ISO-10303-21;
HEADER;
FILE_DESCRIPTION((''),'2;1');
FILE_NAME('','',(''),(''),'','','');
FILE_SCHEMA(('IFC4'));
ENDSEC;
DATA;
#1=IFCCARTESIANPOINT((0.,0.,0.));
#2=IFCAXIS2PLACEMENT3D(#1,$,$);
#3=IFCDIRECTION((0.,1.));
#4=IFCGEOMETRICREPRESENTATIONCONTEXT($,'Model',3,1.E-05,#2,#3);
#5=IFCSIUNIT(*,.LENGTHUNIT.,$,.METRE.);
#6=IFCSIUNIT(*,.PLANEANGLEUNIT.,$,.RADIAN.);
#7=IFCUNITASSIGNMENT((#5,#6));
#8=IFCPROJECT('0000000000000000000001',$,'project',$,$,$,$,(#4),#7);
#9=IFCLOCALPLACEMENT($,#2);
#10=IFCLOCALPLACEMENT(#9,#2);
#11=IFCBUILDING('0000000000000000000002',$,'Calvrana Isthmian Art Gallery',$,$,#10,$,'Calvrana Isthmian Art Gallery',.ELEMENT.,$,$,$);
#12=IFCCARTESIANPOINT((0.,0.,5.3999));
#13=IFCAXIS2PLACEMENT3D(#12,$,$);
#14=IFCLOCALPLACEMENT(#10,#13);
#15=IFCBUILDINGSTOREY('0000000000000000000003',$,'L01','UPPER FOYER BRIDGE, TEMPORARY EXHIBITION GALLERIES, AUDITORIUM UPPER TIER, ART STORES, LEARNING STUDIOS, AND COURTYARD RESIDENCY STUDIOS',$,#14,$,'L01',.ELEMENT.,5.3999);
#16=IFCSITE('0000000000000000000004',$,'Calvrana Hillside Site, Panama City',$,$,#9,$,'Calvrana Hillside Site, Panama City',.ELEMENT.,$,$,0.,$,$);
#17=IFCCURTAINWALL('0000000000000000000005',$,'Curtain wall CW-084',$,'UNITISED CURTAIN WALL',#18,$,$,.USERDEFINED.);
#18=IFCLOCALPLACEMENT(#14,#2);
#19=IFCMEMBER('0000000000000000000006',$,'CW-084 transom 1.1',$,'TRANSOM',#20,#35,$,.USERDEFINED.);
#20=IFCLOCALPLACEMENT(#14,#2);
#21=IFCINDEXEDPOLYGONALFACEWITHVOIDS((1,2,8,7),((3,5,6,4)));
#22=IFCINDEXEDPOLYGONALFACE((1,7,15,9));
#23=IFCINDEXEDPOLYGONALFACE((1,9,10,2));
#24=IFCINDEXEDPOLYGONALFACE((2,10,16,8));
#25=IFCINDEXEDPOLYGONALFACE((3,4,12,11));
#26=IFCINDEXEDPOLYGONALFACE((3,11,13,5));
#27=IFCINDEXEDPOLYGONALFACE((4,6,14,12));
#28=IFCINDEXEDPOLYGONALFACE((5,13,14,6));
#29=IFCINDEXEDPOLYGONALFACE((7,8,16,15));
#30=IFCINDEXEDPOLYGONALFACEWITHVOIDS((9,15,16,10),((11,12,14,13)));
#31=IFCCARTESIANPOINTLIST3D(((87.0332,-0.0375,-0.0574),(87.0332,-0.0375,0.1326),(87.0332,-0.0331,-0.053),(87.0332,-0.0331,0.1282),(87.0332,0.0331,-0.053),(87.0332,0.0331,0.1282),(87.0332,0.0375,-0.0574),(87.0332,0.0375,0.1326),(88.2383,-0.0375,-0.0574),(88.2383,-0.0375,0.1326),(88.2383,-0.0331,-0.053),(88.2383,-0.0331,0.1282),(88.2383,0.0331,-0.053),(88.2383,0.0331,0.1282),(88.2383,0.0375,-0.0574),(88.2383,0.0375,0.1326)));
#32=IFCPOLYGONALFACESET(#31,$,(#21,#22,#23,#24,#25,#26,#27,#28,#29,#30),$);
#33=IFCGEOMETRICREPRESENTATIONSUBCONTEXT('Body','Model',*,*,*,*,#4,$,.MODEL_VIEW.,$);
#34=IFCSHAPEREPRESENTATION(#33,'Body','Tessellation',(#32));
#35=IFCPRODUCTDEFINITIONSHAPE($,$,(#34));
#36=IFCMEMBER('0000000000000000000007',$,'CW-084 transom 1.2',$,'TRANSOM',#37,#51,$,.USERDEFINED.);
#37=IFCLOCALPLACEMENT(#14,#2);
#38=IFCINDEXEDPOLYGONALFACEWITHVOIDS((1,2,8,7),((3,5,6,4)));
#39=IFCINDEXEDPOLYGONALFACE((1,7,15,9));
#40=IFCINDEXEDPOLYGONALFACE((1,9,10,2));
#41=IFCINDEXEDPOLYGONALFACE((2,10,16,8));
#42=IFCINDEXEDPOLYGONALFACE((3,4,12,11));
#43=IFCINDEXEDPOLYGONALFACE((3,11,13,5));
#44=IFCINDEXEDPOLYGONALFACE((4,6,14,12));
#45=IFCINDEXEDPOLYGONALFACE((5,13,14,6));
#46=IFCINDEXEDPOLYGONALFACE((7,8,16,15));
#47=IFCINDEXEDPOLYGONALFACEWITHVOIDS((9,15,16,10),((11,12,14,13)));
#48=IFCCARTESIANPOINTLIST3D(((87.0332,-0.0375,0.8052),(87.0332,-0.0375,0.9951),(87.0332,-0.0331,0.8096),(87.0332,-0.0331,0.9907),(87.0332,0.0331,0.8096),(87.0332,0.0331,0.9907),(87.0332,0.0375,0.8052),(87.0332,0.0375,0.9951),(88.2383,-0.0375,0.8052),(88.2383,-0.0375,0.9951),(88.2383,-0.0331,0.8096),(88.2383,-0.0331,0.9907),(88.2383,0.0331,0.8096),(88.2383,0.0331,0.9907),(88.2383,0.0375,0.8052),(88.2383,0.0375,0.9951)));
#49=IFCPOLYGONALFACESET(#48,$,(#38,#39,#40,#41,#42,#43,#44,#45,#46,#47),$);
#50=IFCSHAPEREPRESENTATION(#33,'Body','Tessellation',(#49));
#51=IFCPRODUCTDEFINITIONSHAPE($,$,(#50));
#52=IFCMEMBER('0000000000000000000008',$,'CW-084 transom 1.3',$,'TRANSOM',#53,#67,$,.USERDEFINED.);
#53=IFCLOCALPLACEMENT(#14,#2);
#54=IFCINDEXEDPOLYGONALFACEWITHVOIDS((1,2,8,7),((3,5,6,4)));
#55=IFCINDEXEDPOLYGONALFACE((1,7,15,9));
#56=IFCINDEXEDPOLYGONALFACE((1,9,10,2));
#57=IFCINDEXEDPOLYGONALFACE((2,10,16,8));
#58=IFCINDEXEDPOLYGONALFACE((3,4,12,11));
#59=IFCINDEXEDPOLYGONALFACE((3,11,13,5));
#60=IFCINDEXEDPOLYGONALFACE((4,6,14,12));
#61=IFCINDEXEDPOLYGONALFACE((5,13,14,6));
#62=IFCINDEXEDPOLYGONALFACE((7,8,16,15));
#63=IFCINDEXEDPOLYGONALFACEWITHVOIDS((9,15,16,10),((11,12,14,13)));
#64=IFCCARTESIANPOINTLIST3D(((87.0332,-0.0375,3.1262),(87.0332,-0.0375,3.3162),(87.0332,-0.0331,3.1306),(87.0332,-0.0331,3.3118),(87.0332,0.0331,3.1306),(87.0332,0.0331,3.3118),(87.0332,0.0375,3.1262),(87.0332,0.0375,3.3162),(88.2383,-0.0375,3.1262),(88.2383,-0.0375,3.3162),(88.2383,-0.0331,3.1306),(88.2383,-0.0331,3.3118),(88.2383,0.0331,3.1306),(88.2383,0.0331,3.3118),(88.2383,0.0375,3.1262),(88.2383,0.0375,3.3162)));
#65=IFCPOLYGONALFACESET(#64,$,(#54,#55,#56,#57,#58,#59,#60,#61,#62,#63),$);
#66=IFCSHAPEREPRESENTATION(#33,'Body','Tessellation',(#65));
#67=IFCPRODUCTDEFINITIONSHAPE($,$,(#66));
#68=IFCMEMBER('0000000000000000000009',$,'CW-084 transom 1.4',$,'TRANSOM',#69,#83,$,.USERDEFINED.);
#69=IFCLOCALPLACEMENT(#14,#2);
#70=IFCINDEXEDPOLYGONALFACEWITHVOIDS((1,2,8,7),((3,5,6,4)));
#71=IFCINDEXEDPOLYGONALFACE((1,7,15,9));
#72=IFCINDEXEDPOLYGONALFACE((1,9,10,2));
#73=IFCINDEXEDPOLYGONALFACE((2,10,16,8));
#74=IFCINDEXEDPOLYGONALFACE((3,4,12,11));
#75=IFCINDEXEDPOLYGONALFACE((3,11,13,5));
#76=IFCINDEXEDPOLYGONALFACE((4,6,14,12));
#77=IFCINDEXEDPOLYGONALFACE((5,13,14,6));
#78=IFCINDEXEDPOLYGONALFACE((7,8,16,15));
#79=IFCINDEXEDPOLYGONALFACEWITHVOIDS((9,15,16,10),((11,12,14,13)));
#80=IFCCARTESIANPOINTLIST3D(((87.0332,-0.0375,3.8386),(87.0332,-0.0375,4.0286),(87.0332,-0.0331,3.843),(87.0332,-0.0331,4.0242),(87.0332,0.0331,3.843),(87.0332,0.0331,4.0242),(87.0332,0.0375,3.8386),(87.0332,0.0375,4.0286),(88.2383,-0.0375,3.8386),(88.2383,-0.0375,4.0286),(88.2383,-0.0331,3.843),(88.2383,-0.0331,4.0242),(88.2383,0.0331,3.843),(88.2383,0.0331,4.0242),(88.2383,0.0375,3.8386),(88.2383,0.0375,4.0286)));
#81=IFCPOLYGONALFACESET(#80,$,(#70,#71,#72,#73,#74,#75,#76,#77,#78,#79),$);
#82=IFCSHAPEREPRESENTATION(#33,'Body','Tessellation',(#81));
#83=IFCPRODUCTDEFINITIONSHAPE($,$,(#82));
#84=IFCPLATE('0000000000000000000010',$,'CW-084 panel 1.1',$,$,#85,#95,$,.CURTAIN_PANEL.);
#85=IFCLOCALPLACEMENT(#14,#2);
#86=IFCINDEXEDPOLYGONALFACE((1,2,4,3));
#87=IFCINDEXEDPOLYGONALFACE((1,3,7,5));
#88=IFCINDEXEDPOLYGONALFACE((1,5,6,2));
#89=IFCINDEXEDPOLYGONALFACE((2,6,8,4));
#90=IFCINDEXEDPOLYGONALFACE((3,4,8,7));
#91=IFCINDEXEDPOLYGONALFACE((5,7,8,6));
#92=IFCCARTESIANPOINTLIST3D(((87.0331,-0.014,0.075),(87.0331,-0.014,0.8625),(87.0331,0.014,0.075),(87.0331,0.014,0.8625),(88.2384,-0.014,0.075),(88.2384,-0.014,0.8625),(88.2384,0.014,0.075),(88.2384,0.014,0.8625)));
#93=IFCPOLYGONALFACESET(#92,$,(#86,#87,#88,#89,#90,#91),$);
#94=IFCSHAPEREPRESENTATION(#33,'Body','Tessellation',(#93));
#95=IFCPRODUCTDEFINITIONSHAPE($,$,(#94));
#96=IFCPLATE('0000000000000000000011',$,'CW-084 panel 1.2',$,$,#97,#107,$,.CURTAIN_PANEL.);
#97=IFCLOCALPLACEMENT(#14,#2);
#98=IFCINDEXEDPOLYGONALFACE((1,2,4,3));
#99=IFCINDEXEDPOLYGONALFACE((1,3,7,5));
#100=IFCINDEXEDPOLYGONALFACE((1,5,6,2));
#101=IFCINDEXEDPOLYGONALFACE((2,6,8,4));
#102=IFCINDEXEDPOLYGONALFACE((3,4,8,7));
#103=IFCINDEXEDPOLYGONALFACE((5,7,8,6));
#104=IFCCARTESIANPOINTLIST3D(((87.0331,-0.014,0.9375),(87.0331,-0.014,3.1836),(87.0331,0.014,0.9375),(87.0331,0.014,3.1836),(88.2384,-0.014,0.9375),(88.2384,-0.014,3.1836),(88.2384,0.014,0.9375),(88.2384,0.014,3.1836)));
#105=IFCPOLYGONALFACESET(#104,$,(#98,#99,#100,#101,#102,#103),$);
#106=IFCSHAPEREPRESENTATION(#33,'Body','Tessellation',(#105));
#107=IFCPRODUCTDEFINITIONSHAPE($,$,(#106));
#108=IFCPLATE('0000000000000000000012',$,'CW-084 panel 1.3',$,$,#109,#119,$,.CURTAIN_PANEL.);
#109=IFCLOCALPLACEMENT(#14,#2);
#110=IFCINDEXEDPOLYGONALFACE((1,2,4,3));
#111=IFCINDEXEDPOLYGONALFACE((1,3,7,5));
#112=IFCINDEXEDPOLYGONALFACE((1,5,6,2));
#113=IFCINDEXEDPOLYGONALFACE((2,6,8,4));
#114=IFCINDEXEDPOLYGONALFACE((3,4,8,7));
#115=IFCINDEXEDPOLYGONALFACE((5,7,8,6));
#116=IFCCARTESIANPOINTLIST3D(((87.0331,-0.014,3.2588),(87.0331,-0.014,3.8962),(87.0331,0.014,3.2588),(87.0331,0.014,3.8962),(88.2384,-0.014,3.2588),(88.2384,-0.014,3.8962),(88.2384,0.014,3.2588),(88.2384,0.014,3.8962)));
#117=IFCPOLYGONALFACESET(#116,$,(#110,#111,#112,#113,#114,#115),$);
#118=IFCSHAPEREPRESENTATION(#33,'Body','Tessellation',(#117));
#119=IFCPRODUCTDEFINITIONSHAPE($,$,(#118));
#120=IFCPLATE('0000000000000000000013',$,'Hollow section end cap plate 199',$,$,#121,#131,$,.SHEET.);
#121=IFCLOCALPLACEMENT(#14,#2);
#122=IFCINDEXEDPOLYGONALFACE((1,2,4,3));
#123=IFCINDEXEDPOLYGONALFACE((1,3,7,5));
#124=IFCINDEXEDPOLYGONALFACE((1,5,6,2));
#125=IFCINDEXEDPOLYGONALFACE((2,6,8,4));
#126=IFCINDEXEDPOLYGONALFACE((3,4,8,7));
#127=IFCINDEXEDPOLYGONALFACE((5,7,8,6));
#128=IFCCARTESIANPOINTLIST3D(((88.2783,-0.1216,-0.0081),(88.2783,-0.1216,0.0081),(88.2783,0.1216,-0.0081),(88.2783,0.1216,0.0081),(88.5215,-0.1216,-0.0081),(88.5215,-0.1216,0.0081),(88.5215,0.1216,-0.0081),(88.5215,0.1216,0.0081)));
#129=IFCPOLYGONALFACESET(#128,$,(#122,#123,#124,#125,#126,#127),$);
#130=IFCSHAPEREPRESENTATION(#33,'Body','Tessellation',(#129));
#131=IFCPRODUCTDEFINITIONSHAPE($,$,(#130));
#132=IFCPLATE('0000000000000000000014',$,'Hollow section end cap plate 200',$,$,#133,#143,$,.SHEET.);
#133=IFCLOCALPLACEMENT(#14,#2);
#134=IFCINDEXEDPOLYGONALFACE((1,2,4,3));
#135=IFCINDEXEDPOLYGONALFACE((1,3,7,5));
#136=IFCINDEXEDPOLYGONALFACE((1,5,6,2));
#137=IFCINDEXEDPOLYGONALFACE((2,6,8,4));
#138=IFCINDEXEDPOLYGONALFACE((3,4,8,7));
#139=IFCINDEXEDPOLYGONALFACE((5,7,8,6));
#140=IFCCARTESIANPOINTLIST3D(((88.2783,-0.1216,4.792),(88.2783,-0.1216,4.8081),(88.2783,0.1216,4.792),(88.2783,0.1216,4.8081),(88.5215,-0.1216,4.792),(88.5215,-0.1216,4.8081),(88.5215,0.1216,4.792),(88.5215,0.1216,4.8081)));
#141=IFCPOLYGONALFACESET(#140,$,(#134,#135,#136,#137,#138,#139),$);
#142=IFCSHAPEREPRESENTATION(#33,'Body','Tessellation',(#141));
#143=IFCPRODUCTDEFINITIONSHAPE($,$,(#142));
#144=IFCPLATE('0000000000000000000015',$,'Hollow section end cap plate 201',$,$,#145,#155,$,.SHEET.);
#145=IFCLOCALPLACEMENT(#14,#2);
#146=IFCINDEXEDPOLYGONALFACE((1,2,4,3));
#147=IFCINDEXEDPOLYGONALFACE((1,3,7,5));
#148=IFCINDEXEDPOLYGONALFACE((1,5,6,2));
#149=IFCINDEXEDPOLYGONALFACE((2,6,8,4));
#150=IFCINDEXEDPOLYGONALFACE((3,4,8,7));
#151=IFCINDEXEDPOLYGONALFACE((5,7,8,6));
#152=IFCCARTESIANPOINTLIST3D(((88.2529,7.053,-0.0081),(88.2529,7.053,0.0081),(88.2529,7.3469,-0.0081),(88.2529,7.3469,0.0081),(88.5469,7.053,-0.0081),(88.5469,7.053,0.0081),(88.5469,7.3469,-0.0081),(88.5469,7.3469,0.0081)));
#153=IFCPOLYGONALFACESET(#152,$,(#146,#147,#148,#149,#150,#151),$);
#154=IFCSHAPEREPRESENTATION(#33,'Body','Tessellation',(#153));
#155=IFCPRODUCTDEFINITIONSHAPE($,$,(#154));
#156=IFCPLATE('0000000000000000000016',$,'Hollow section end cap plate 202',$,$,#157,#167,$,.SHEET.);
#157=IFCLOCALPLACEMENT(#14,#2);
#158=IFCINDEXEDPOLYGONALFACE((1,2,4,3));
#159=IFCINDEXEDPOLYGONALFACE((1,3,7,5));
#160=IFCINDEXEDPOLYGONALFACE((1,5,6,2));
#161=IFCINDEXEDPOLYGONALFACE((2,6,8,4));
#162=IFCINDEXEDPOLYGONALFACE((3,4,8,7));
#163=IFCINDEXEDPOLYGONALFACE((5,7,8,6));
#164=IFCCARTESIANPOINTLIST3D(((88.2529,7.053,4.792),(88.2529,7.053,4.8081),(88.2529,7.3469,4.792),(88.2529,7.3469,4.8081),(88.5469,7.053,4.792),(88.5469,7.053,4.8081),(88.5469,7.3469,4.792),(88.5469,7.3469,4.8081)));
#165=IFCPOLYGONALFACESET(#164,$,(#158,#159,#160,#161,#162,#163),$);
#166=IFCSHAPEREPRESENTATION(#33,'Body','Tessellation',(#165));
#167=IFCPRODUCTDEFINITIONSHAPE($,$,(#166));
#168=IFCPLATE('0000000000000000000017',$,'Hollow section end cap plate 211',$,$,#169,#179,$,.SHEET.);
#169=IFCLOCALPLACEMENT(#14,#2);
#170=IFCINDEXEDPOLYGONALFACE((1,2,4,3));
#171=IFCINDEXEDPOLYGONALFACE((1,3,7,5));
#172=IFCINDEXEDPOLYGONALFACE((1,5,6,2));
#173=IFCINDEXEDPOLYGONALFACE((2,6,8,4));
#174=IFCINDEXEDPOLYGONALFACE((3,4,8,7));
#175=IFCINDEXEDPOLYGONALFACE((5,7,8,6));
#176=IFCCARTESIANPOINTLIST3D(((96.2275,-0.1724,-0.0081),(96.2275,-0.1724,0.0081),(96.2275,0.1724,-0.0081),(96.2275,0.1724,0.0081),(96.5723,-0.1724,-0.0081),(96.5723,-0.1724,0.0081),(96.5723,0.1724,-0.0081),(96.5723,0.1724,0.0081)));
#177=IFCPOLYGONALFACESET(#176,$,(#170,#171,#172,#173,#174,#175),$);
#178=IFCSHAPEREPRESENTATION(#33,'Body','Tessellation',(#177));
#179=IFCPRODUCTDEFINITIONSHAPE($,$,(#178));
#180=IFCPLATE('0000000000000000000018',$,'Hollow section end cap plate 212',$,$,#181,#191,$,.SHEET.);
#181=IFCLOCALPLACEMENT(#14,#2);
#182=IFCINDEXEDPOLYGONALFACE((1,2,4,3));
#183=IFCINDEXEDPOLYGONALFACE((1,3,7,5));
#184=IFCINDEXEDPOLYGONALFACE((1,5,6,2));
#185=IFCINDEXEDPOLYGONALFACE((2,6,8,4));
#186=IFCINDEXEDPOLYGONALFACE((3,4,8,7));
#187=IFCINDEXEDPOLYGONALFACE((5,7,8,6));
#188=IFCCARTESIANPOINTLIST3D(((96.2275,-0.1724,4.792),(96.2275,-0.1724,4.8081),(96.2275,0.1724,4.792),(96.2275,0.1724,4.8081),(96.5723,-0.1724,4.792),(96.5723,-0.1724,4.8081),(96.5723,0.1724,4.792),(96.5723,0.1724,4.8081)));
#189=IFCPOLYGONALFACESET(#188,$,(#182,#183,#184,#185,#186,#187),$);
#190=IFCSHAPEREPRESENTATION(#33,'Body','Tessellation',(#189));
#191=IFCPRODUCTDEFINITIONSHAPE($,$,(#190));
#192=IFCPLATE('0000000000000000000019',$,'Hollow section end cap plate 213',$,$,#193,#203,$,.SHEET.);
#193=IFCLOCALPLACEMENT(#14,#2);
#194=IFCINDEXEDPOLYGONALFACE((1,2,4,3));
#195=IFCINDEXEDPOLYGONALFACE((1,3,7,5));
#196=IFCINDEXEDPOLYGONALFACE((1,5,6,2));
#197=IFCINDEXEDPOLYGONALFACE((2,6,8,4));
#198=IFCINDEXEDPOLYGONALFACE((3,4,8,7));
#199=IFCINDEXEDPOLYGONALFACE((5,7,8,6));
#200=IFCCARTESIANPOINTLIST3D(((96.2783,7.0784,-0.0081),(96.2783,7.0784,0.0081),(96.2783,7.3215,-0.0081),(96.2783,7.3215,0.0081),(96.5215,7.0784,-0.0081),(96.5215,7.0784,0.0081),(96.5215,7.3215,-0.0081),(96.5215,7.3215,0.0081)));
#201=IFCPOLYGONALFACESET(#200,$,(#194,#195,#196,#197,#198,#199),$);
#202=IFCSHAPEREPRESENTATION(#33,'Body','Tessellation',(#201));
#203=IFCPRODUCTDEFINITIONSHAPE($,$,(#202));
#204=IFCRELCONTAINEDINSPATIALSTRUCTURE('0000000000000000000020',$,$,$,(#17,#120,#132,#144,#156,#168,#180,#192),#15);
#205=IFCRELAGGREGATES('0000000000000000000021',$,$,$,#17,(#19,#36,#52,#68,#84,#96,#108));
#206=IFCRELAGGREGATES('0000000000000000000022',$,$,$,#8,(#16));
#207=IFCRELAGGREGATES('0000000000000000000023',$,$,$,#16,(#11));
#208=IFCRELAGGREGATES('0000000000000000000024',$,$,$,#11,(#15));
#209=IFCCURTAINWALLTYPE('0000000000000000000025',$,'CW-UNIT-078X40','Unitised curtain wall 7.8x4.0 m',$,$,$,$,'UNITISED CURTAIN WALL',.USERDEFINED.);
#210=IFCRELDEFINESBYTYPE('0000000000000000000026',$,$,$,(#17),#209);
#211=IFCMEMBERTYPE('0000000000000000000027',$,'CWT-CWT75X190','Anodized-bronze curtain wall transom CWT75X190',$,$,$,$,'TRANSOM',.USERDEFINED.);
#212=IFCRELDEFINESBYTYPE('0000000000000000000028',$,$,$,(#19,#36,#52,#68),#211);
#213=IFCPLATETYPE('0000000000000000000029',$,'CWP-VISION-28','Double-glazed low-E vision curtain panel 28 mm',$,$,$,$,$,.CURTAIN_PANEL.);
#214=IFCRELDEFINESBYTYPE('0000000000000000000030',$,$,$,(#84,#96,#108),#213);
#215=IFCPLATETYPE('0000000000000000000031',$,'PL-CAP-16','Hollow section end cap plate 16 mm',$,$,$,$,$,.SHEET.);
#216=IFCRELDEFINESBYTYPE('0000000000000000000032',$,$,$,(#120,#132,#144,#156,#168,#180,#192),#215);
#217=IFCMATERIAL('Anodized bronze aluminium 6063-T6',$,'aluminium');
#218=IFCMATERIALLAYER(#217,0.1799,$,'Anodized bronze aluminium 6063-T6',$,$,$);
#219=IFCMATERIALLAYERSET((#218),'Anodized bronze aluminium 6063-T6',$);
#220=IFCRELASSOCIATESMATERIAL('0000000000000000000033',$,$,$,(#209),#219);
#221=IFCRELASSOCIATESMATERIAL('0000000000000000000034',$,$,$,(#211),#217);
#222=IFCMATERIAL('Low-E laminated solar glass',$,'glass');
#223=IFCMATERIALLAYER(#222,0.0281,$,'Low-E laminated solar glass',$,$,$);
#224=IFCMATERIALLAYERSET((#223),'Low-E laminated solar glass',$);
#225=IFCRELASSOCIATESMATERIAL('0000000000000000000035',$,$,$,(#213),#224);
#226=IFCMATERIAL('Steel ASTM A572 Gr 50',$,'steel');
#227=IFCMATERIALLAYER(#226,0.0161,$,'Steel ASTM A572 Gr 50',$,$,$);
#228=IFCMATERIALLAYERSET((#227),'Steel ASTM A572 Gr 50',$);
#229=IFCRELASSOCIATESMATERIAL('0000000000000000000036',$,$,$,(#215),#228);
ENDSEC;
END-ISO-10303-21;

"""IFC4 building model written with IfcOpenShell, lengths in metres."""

from ifc_helpers import new_model, si_unit, direction, frame, origin, origin_2d, place, context, subcontext, project, spatial, rectangle, hollow_rectangle, extrude, material, layer, layer_set, material_profile, profile_set, type_object, element, aggregate, save


model = new_model("IFC4")

# Units and contexts
model_context = context("Model", 3, precision=1e-05, world=origin(), true_north=direction((0.0, 1.0)))
body_context = subcontext(model_context, "Body", "Model", "MODEL_VIEW")
ifc_project = project(units=[si_unit("LENGTHUNIT", "METRE"), si_unit("PLANEANGLEUNIT", "RADIAN")], contexts=[model_context])

# Site, building, storey
site_placement = place(None, origin())
site = spatial("IfcSite", under=ifc_project, at=site_placement, Name="Calvrana Hillside Site, Panama City", LongName="Calvrana Hillside Site, Panama City", CompositionType="ELEMENT", RefElevation=0.0)
building_placement = place(site_placement, origin())
building = spatial("IfcBuilding", under=site, at=building_placement, Name="Calvrana Isthmian Art Gallery", LongName="Calvrana Isthmian Art Gallery", CompositionType="ELEMENT")
storey_placement = place(building_placement, frame((0.0, 0.0, 5.3999)))
storey = spatial("IfcBuildingStorey", under=building, at=storey_placement, Name="L01", Description="UPPER FOYER BRIDGE, TEMPORARY EXHIBITION GALLERIES, AUDITORIUM UPPER TIER, ART STORES, LEARNING STUDIOS, AND COURTYARD RESIDENCY STUDIOS", LongName="L01", CompositionType="ELEMENT", Elevation=5.3999)

# Curtain wall
ifc_material_1 = material(Name="Anodized bronze aluminium 6063-T6", Category="aluminium")
ifc_layer_1 = layer(ifc_material_1, 0.1799, Name="Anodized bronze aluminium 6063-T6")
ifc_layer_set_1 = layer_set([ifc_layer_1], Name="Anodized bronze aluminium 6063-T6")
curtain_wall_type_1 = type_object("IfcCurtainWallType", Name="CW-UNIT-078X40", Description="Unitised curtain wall 7.8x4.0 m", ElementType="UNITISED CURTAIN WALL", PredefinedType="USERDEFINED", material=ifc_layer_set_1)
curtain_wall_1_placement = place(storey_placement, origin())
curtain_wall_1 = element("IfcCurtainWall", 1, at=curtain_wall_1_placement, inside=storey, type_object=curtain_wall_type_1, Name="Curtain wall CW-084", ObjectType="UNITISED CURTAIN WALL", PredefinedType="USERDEFINED")

# Members
ifc_material_profile_1 = material_profile(ifc_material_1, hollow_rectangle(XDim=0.075, YDim=0.1899, WallThickness=0.0044, at=origin_2d()), Name="CWT75X190")
ifc_profile_set_1 = profile_set([ifc_material_profile_1], Name="Anodized bronze aluminium 6063-T6")
member_type_1 = type_object("IfcMemberType", Name="CWT-CWT75X190", Description="Anodized-bronze curtain wall transom CWT75X190", ElementType="TRANSOM", PredefinedType="USERDEFINED", material=ifc_profile_set_1)
member_1_placement = place(storey_placement, frame((88.2383, 0.0, 0.0376), z_axis=(-1.0, 0.0, 0.0), x_axis=(0.0, -1.0, 0.0)))
member_1 = element("IfcMember", 2, at=member_1_placement, type_object=member_type_1, Name="CW-084 transom 1.1", ObjectType="TRANSOM", PredefinedType="USERDEFINED", context=body_context, shape_type="SweptSolid", body=[
    extrude(hollow_rectangle(XDim=0.075, YDim=0.1899, WallThickness=0.0044, at=origin_2d()), origin(), (0.0, 0.0, 1.0), 1.2051),
])
member_2_placement = place(storey_placement, frame((88.2383, 0.0, 0.9001), z_axis=(-1.0, 0.0, 0.0), x_axis=(0.0, -1.0, 0.0)))
member_2 = element("IfcMember", 3, at=member_2_placement, type_object=member_type_1, Name="CW-084 transom 1.2", ObjectType="TRANSOM", PredefinedType="USERDEFINED", context=body_context, shape_type="SweptSolid", body=[
    extrude(hollow_rectangle(XDim=0.075, YDim=0.1899, WallThickness=0.0044, at=origin_2d()), origin(), (0.0, 0.0, 1.0), 1.2051),
])
member_3_placement = place(storey_placement, frame((88.2383, 0.0, 3.2212), z_axis=(-1.0, 0.0, 0.0), x_axis=(0.0, -1.0, 0.0)))
member_3 = element("IfcMember", 4, at=member_3_placement, type_object=member_type_1, Name="CW-084 transom 1.3", ObjectType="TRANSOM", PredefinedType="USERDEFINED", context=body_context, shape_type="SweptSolid", body=[
    extrude(hollow_rectangle(XDim=0.075, YDim=0.1899, WallThickness=0.0044, at=origin_2d()), origin(), (0.0, 0.0, 1.0), 1.2051),
])
member_4_placement = place(storey_placement, frame((88.2383, 0.0, 3.9336), z_axis=(-1.0, 0.0, 0.0), x_axis=(0.0, -1.0, 0.0)))
member_4 = element("IfcMember", 5, at=member_4_placement, type_object=member_type_1, Name="CW-084 transom 1.4", ObjectType="TRANSOM", PredefinedType="USERDEFINED", context=body_context, shape_type="SweptSolid", body=[
    extrude(hollow_rectangle(XDim=0.075, YDim=0.1899, WallThickness=0.0044, at=origin_2d()), origin(), (0.0, 0.0, 1.0), 1.2051),
])

# Plates
ifc_material_2 = material(Name="Low-E laminated solar glass", Category="glass")
ifc_layer_2 = layer(ifc_material_2, 0.0281, Name="Low-E laminated solar glass")
ifc_layer_set_2 = layer_set([ifc_layer_2], Name="Low-E laminated solar glass")
plate_type_1 = type_object("IfcPlateType", Name="CWP-VISION-28", Description="Double-glazed low-E vision curtain panel 28 mm", PredefinedType="CURTAIN_PANEL", material=ifc_layer_set_2)
plate_1_placement = place(storey_placement, frame((87.6357, 0.0, 0.075), z_axis=(0.0, 0.0, 1.0), x_axis=(-1.0, 0.0, 0.0)))
plate_1 = element("IfcPlate", 6, at=plate_1_placement, type_object=plate_type_1, Name="CW-084 panel 1.1", PredefinedType="CURTAIN_PANEL", context=body_context, shape_type="SweptSolid", body=[
    extrude(rectangle(XDim=1.2053, YDim=0.0281, at=origin_2d()), origin(), (0.0, 0.0, 1.0), 0.7876),
])
plate_2_placement = place(storey_placement, frame((87.6357, 0.0, 0.9375), z_axis=(0.0, 0.0, 1.0), x_axis=(-1.0, 0.0, 0.0)))
plate_2 = element("IfcPlate", 7, at=plate_2_placement, type_object=plate_type_1, Name="CW-084 panel 1.2", PredefinedType="CURTAIN_PANEL", context=body_context, shape_type="SweptSolid", body=[
    extrude(rectangle(XDim=1.2053, YDim=0.0281, at=origin_2d()), origin(), (0.0, 0.0, 1.0), 2.2461),
])
plate_3_placement = place(storey_placement, frame((87.6357, 0.0, 3.2588), z_axis=(0.0, 0.0, 1.0), x_axis=(-1.0, 0.0, 0.0)))
plate_3 = element("IfcPlate", 8, at=plate_3_placement, type_object=plate_type_1, Name="CW-084 panel 1.3", PredefinedType="CURTAIN_PANEL", context=body_context, shape_type="SweptSolid", body=[
    extrude(rectangle(XDim=1.2053, YDim=0.0281, at=origin_2d()), origin(), (0.0, 0.0, 1.0), 0.6375),
])
aggregate(curtain_wall_1, [member_1, member_2, member_3, member_4, plate_1, plate_2, plate_3])

# Plates
ifc_material_3 = material(Name="Steel ASTM A572 Gr 50", Category="steel")
ifc_layer_3 = layer(ifc_material_3, 0.0161, Name="Steel ASTM A572 Gr 50")
ifc_layer_set_3 = layer_set([ifc_layer_3], Name="Steel ASTM A572 Gr 50")
plate_type_2 = type_object("IfcPlateType", Name="PL-CAP-16", Description="Hollow section end cap plate 16 mm", PredefinedType="SHEET", material=ifc_layer_set_3)
for number, where, z_axis, x_axis, name in (
    (9, (88.3999, 0.0, -0.0081), (0.0, 0.0, 1.0), (1.0, 0.0, 0.0), "Hollow section end cap plate 199"),
    (10, (88.3999, 0.0, 4.792), (0.0, 0.0, 1.0), (1.0, 0.0, 0.0), "Hollow section end cap plate 200"),
):
    element("IfcPlate", number, at=place(storey_placement, frame(where, z_axis=z_axis, x_axis=x_axis)), inside=storey, type_object=plate_type_2, Name=name, PredefinedType="SHEET", context=body_context, shape_type="SweptSolid", body=[
        extrude(rectangle(XDim=0.2432, YDim=0.2432, at=origin_2d()), origin(), (0.0, 0.0, 1.0), 0.0161),
    ])
for number, where, z_axis, x_axis, name in (
    (11, (88.3999, 7.2, -0.0081), (0.0, 0.0, 1.0), (1.0, 0.0, 0.0), "Hollow section end cap plate 201"),
    (12, (88.3999, 7.2, 4.792), (0.0, 0.0, 1.0), (1.0, 0.0, 0.0), "Hollow section end cap plate 202"),
):
    element("IfcPlate", number, at=place(storey_placement, frame(where, z_axis=z_axis, x_axis=x_axis)), inside=storey, type_object=plate_type_2, Name=name, PredefinedType="SHEET", context=body_context, shape_type="SweptSolid", body=[
        extrude(rectangle(XDim=0.2939, YDim=0.2939, at=origin_2d()), origin(), (0.0, 0.0, 1.0), 0.0161),
    ])
for number, where, z_axis, x_axis, name in (
    (13, (96.3999, 0.0, -0.0081), (0.0, 0.0, 1.0), (1.0, 0.0, 0.0), "Hollow section end cap plate 211"),
    (14, (96.3999, 0.0, 4.792), (0.0, 0.0, 1.0), (1.0, 0.0, 0.0), "Hollow section end cap plate 212"),
):
    element("IfcPlate", number, at=place(storey_placement, frame(where, z_axis=z_axis, x_axis=x_axis)), inside=storey, type_object=plate_type_2, Name=name, PredefinedType="SHEET", context=body_context, shape_type="SweptSolid", body=[
        extrude(rectangle(XDim=0.3447, YDim=0.3447, at=origin_2d()), origin(), (0.0, 0.0, 1.0), 0.0161),
    ])
plate_4_placement = place(storey_placement, frame((96.3999, 7.2, -0.0081), z_axis=(0.0, 0.0, 1.0), x_axis=(1.0, 0.0, 0.0)))
element("IfcPlate", 15, at=plate_4_placement, inside=storey, type_object=plate_type_2, Name="Hollow section end cap plate 213", PredefinedType="SHEET", context=body_context, shape_type="SweptSolid", body=[
    extrude(rectangle(XDim=0.2432, YDim=0.2432, at=origin_2d()), origin(), (0.0, 0.0, 1.0), 0.0161),
])

save(model, "model.ifc")
